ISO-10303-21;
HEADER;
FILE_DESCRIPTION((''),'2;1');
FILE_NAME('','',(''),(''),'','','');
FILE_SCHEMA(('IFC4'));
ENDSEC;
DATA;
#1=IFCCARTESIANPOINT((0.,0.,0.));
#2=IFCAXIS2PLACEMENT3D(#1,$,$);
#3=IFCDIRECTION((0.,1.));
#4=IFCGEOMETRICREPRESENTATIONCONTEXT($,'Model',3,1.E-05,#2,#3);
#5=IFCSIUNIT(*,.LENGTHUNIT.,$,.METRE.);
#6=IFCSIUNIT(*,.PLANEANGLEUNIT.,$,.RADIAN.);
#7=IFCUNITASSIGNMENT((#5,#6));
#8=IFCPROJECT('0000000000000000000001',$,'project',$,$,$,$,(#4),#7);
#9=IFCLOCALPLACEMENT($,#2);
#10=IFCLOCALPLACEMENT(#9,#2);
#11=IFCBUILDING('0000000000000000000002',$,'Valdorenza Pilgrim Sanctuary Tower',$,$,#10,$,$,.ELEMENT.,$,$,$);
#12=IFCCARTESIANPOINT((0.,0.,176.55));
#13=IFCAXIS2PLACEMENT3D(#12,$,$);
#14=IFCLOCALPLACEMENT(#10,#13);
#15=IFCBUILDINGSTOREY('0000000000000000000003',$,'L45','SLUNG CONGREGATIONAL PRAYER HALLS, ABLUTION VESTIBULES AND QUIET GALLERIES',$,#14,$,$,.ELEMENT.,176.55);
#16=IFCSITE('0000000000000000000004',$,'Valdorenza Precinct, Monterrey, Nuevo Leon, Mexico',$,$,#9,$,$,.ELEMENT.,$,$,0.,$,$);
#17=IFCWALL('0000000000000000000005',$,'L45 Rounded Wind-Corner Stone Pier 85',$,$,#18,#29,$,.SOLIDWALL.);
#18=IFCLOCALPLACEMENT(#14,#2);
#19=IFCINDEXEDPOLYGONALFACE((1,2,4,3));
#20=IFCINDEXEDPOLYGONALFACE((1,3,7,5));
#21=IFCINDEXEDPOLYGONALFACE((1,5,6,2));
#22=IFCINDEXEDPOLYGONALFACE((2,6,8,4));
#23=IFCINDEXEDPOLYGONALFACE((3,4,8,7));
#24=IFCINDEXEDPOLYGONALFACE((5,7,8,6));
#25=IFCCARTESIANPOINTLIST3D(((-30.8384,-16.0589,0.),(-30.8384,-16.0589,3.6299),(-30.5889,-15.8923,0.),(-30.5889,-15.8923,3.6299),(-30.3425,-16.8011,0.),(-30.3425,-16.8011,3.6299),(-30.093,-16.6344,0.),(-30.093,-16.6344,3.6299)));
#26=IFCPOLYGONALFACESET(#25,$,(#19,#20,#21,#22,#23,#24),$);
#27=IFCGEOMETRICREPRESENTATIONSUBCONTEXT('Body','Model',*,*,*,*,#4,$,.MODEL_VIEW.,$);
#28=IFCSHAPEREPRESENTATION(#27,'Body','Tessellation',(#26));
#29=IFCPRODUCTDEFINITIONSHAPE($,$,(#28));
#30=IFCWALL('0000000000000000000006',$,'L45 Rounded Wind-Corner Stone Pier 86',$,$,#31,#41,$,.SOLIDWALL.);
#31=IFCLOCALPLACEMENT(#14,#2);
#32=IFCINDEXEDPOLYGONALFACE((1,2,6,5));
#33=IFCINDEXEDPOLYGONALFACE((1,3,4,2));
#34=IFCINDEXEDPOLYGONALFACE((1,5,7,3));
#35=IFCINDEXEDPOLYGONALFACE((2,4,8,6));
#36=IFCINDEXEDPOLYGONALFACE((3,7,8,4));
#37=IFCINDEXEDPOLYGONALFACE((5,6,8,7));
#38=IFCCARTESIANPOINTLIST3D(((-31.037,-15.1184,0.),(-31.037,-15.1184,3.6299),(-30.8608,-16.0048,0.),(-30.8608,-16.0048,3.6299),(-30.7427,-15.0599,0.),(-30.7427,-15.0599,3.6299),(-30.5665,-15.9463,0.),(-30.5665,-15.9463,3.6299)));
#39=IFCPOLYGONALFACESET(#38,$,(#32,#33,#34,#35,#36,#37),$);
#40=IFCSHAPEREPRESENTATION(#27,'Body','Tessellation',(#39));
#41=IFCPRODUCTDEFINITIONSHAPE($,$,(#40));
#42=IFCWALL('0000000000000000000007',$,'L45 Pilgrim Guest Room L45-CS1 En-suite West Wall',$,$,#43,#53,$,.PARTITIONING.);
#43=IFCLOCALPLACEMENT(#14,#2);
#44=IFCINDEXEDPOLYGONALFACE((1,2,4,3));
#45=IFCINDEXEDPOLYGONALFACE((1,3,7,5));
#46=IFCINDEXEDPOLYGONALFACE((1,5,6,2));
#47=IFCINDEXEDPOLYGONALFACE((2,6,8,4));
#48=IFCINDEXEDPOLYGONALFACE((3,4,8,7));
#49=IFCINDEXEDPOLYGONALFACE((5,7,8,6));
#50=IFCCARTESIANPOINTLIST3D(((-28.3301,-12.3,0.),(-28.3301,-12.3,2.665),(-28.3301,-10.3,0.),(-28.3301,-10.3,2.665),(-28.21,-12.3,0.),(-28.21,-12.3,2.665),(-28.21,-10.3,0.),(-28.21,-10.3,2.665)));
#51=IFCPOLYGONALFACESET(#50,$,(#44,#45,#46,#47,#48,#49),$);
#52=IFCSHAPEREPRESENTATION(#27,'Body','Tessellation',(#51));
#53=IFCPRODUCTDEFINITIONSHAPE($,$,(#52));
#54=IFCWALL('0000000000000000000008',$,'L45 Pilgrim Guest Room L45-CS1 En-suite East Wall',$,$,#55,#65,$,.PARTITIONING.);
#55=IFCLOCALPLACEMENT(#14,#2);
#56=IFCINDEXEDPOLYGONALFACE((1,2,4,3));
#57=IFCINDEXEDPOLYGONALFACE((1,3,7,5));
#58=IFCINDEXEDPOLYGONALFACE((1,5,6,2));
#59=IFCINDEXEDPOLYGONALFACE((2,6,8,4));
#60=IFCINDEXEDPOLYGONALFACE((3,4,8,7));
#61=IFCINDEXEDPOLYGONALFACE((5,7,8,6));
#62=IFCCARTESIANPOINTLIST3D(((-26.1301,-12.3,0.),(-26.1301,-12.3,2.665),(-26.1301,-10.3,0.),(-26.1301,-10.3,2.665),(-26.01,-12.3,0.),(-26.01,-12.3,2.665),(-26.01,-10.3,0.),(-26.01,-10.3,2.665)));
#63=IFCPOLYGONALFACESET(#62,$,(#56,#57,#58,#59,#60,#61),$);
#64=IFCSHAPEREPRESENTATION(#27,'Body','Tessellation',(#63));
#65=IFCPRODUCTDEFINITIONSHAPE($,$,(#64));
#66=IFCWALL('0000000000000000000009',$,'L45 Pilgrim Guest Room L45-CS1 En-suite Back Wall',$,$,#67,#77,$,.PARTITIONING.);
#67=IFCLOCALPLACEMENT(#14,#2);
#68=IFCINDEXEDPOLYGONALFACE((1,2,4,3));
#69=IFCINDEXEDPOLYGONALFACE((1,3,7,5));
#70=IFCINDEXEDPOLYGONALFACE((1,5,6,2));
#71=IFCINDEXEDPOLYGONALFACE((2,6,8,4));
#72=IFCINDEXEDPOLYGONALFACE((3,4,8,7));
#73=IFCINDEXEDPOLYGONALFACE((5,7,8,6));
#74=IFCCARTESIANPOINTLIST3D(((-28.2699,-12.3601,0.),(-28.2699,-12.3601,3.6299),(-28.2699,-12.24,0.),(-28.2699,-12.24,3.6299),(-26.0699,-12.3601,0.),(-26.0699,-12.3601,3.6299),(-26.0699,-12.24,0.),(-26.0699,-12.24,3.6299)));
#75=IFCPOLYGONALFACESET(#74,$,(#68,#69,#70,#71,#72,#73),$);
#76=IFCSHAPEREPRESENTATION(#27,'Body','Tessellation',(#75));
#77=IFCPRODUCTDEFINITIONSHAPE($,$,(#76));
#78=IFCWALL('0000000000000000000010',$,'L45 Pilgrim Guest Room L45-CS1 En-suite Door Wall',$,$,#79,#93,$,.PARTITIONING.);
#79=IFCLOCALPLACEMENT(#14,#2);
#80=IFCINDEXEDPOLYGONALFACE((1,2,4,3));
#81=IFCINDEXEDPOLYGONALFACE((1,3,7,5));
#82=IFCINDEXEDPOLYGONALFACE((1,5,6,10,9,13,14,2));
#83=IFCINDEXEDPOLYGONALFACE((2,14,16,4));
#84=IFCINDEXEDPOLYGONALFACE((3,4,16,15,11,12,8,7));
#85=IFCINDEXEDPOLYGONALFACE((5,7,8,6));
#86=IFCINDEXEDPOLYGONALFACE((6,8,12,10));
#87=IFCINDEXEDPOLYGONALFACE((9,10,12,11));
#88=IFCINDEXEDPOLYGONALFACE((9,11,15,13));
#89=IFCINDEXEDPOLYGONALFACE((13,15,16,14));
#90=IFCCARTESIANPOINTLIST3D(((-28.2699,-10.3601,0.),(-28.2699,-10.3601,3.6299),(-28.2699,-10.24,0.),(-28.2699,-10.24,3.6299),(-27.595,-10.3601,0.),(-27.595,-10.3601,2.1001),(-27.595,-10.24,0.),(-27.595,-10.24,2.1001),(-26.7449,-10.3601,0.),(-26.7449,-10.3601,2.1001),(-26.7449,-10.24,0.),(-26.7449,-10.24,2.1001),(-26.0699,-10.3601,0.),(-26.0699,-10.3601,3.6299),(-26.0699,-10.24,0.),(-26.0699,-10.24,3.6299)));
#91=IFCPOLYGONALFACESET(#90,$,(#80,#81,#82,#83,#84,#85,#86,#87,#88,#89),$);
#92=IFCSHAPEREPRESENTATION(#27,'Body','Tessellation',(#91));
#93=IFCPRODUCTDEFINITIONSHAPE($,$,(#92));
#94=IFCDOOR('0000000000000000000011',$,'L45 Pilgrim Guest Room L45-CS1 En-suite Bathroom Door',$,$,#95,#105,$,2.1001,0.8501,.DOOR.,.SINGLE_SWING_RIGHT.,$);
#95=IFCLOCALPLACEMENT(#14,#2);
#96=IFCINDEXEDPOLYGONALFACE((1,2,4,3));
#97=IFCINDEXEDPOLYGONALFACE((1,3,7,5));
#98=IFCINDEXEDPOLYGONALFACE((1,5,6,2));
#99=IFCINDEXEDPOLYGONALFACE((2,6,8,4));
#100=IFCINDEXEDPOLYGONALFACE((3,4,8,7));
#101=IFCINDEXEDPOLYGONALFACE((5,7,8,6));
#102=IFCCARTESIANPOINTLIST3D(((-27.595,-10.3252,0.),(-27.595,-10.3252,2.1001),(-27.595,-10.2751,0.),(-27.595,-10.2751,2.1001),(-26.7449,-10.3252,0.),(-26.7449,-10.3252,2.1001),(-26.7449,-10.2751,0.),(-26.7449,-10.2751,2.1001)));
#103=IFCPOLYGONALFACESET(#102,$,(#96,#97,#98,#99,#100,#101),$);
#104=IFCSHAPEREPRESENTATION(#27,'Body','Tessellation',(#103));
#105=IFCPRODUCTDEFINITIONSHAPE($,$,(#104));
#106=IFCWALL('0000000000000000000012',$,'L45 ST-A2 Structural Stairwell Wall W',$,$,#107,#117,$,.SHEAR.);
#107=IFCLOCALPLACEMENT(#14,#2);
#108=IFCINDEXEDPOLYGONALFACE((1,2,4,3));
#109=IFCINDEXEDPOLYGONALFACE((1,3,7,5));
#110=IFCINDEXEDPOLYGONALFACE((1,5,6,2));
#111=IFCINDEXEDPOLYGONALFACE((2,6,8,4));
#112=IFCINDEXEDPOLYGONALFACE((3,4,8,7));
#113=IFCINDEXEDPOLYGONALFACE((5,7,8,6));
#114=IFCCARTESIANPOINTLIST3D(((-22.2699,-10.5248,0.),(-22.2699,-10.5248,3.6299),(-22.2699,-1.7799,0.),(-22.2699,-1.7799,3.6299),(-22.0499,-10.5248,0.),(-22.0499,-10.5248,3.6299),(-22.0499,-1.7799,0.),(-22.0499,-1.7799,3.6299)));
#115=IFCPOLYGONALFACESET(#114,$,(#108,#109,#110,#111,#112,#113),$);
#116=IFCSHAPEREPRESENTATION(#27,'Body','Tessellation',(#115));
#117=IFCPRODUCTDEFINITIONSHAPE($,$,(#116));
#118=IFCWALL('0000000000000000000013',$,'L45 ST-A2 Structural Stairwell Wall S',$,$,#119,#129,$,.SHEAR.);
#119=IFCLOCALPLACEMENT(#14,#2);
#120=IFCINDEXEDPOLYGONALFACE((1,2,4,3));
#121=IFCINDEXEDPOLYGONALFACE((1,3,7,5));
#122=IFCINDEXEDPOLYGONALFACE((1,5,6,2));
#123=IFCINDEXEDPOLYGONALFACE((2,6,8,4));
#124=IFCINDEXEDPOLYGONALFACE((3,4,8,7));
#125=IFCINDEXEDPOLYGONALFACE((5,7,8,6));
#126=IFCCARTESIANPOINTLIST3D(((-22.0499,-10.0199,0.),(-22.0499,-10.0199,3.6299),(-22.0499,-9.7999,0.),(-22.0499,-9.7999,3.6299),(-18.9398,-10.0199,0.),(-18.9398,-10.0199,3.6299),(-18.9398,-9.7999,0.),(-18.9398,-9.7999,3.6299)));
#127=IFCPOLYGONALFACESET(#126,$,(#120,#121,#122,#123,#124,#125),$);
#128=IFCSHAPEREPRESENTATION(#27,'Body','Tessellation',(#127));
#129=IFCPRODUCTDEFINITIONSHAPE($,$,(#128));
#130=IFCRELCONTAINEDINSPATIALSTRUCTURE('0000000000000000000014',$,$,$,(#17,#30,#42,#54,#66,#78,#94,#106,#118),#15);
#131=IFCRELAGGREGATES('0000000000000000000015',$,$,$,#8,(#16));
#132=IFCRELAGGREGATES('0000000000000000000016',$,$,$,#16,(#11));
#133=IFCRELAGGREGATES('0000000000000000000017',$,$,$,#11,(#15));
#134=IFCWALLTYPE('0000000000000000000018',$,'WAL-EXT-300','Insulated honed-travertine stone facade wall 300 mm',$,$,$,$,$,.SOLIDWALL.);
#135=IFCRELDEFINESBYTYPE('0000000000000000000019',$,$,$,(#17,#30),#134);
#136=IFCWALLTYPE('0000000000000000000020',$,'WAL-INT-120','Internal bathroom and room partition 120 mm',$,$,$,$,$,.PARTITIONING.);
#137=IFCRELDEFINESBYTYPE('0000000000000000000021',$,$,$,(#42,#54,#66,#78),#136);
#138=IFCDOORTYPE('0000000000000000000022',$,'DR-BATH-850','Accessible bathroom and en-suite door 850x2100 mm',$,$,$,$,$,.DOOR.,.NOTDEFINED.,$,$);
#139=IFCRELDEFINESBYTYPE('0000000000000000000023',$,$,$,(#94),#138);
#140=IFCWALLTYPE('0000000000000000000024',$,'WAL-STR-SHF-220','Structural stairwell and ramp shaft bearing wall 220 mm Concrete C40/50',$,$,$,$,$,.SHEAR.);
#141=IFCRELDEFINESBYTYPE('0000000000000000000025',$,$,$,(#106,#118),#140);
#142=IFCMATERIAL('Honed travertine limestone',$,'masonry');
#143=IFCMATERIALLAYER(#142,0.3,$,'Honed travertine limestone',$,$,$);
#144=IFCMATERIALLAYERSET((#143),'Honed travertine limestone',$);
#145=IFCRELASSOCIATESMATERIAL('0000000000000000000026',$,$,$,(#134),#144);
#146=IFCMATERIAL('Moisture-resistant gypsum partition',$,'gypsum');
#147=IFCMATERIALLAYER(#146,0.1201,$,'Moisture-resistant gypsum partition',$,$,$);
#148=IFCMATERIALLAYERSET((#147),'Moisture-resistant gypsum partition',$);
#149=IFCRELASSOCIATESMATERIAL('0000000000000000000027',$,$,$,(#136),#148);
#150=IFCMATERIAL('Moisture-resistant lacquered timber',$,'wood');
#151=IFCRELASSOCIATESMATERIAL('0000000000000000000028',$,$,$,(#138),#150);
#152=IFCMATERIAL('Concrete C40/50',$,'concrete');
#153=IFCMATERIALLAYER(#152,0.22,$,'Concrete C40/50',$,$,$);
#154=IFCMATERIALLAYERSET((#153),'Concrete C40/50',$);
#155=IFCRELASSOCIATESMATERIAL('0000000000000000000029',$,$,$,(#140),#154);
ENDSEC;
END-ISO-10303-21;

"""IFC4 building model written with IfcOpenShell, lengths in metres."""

from ifc_helpers import new_model, si_unit, direction, frame, frame_2d, origin, place, context, subcontext, project, spatial, rectangle, extrude, material, layer, layer_set, type_object, element, fill, save


model = new_model("IFC4")

# Units and contexts
model_context = context("Model", 3, precision=1e-05, world=origin(), true_north=direction((0.0, 1.0)))
body_context = subcontext(model_context, "Body", "Model", "MODEL_VIEW")
ifc_project = project(units=[si_unit("LENGTHUNIT", "METRE"), si_unit("PLANEANGLEUNIT", "RADIAN")], contexts=[model_context])

# Site, building, storey
site_placement = place(None, origin())
site = spatial("IfcSite", under=ifc_project, at=site_placement, Name="Valdorenza Precinct, Monterrey, Nuevo Leon, Mexico", CompositionType="ELEMENT", RefElevation=0.0)
building_placement = place(site_placement, origin())
building = spatial("IfcBuilding", under=site, at=building_placement, Name="Valdorenza Pilgrim Sanctuary Tower", CompositionType="ELEMENT")
storey_placement = place(building_placement, frame((0.0, 0.0, 176.55)))
storey = spatial("IfcBuildingStorey", under=building, at=storey_placement, Name="L45", Description="SLUNG CONGREGATIONAL PRAYER HALLS, ABLUTION VESTIBULES AND QUIET GALLERIES", CompositionType="ELEMENT", Elevation=176.55)

# Shared definitions
ifc_material_1 = material(Name="Honed travertine limestone", Category="masonry")

# Walls
ifc_layer_1 = layer(ifc_material_1, 0.3, Name="Honed travertine limestone")
ifc_layer_set_1 = layer_set([ifc_layer_1], Name="Honed travertine limestone")
wall_type_1 = type_object("IfcWallType", Name="WAL-EXT-300", Description="Insulated honed-travertine stone facade wall 300 mm", PredefinedType="SOLIDWALL", material=ifc_layer_set_1)
for number, where, z_axis, x_axis, name in (
    (1, (-30.2178, -16.7178, 0.0), (0.0, 0.0, 1.0), (-0.55552, 0.831503, 0.0), "L45 Rounded Wind-Corner Stone Pier 85"),
):
    element("IfcWall", number, at=place(storey_placement, frame(where, z_axis=z_axis, x_axis=x_axis)), inside=storey, type_object=wall_type_1, Name=name, PredefinedType="SOLIDWALL", context=body_context, shape_type="SweptSolid", body=[
        extrude(rectangle(XDim=0.8926, YDim=0.3, at=frame_2d((0.4463, 0.0))), origin(), (0.0, 0.0, 1.0), 3.6299),
    ])
wall_1_placement = place(storey_placement, frame((-30.7136, -15.9756, 0.0), z_axis=(0.0, 0.0, 1.0), x_axis=(-0.195025, 0.980798, 0.0)))
element("IfcWall", 2, at=wall_1_placement, inside=storey, type_object=wall_type_1, Name="L45 Rounded Wind-Corner Stone Pier 86", PredefinedType="SOLIDWALL", context=body_context, shape_type="SweptSolid", body=[
    extrude(rectangle(XDim=0.9038, YDim=0.3, at=frame_2d((0.4519, 0.0))), origin(), (0.0, 0.0, 1.0), 3.6299),
])
ifc_material_2 = material(Name="Moisture-resistant gypsum partition", Category="gypsum")
ifc_layer_2 = layer(ifc_material_2, 0.1201, Name="Moisture-resistant gypsum partition")
ifc_layer_set_2 = layer_set([ifc_layer_2], Name="Moisture-resistant gypsum partition")
wall_type_2 = type_object("IfcWallType", Name="WAL-INT-120", Description="Internal bathroom and room partition 120 mm", PredefinedType="PARTITIONING", material=ifc_layer_set_2)
for number, where, z_axis, x_axis, name in (
    (3, (-28.27, -12.3, 0.0), (0.0, 0.0, 1.0), (0.0, 1.0, 0.0), "L45 Pilgrim Guest Room L45-CS1 En-suite West Wall"),
    (4, (-26.0701, -12.3, 0.0), (0.0, 0.0, 1.0), (0.0, 1.0, 0.0), "L45 Pilgrim Guest Room L45-CS1 En-suite East Wall"),
):
    element("IfcWall", number, at=place(storey_placement, frame(where, z_axis=z_axis, x_axis=x_axis)), inside=storey, type_object=wall_type_2, Name=name, PredefinedType="PARTITIONING", context=body_context, shape_type="SweptSolid", body=[
        extrude(rectangle(XDim=2.0, YDim=0.1201, at=frame_2d((1.0, 0.0))), origin(), (0.0, 0.0, 1.0), 2.665),
    ])
wall_2_placement = place(storey_placement, frame((-28.27, -12.3, 0.0), z_axis=(0.0, 0.0, 1.0), x_axis=(1.0, 0.0, 0.0)))
element("IfcWall", 5, at=wall_2_placement, inside=storey, type_object=wall_type_2, Name="L45 Pilgrim Guest Room L45-CS1 En-suite Back Wall", PredefinedType="PARTITIONING", context=body_context, shape_type="SweptSolid", body=[
    extrude(rectangle(XDim=2.2, YDim=0.1201, at=frame_2d((1.1001, 0.0))), origin(), (0.0, 0.0, 1.0), 3.6299),
])

# Wall, opening, door
wall_3_placement = place(storey_placement, frame((-28.27, -10.3, 0.0), z_axis=(0.0, 0.0, 1.0), x_axis=(1.0, 0.0, 0.0)))
wall_3 = element("IfcWall", 6, at=wall_3_placement, inside=storey, type_object=wall_type_2, Name="L45 Pilgrim Guest Room L45-CS1 En-suite Door Wall", PredefinedType="PARTITIONING", context=body_context, shape_type="SweptSolid", body=[
    extrude(rectangle(XDim=2.2, YDim=0.1201, at=frame_2d((1.1001, 0.0))), origin(), (0.0, 0.0, 1.0), 3.6299),
])
opening_1_placement = place(wall_3_placement, frame((0.675, 0.0, 0.0)))
opening_1 = element("IfcOpeningElement", 7, at=opening_1_placement, cuts=wall_3, PredefinedType="OPENING", context=body_context, shape_type="SweptSolid", body=[
    extrude(rectangle(XDim=0.8501, YDim=2.1001, at=frame_2d((0.425, 1.05))), frame((0.0, 0.075, 0.0), z_axis=(0.0, -1.0, 0.0), x_axis=(1.0, 0.0, 0.0)), (0.0, 0.0, 1.0), 0.1499),
])
ifc_material_3 = material(Name="Moisture-resistant lacquered timber", Category="wood")
door_type_1 = type_object("IfcDoorType", Name="DR-BATH-850", Description="Accessible bathroom and en-suite door 850x2100 mm", OperationType="NOTDEFINED", PredefinedType="DOOR", material=ifc_material_3)
door_1_placement = place(opening_1_placement, origin())
door_1 = element("IfcDoor", 8, at=door_1_placement, inside=storey, type_object=door_type_1, Name="L45 Pilgrim Guest Room L45-CS1 En-suite Bathroom Door", OperationType="SINGLE_SWING_RIGHT", OverallHeight=2.1001, OverallWidth=0.8501, PredefinedType="DOOR", context=body_context, shape_type="SweptSolid", body=[
    extrude(rectangle(XDim=0.8501, YDim=2.1001, at=frame_2d((0.425, 1.05))), frame((0.0, 0.0249, 0.0), z_axis=(0.0, -1.0, 0.0), x_axis=(1.0, 0.0, 0.0)), (0.0, 0.0, 1.0), 0.05),
])
fill(opening_1, door_1)

# Walls
ifc_material_4 = material(Name="Concrete C40/50", Category="concrete")
ifc_layer_3 = layer(ifc_material_4, 0.22, Name="Concrete C40/50")
ifc_layer_set_3 = layer_set([ifc_layer_3], Name="Concrete C40/50")
wall_type_3 = type_object("IfcWallType", Name="WAL-STR-SHF-220", Description="Structural stairwell and ramp shaft bearing wall 220 mm Concrete C40/50", PredefinedType="SHEAR", material=ifc_layer_set_3)
wall_4_placement = place(storey_placement, frame((-22.1599, -10.5249, 0.0), z_axis=(0.0, 0.0, 1.0), x_axis=(0.0, 1.0, 0.0)))
element("IfcWall", 9, at=wall_4_placement, inside=storey, type_object=wall_type_3, Name="L45 ST-A2 Structural Stairwell Wall W", PredefinedType="SHEAR", context=body_context, shape_type="SweptSolid", body=[
    extrude(rectangle(XDim=8.7449, YDim=0.22, at=frame_2d((4.3726, 0.0))), origin(), (0.0, 0.0, 1.0), 3.6299),
])
wall_5_placement = place(storey_placement, frame((-22.05, -9.9099, 0.0), z_axis=(0.0, 0.0, 1.0), x_axis=(1.0, 0.0, 0.0)))
element("IfcWall", 10, at=wall_5_placement, inside=storey, type_object=wall_type_3, Name="L45 ST-A2 Structural Stairwell Wall S", PredefinedType="SHEAR", context=body_context, shape_type="SweptSolid", body=[
    extrude(rectangle(XDim=3.1101, YDim=0.22, at=frame_2d((1.5552, 0.0))), origin(), (0.0, 0.0, 1.0), 3.6299),
])

save(model, "model.ifc")
